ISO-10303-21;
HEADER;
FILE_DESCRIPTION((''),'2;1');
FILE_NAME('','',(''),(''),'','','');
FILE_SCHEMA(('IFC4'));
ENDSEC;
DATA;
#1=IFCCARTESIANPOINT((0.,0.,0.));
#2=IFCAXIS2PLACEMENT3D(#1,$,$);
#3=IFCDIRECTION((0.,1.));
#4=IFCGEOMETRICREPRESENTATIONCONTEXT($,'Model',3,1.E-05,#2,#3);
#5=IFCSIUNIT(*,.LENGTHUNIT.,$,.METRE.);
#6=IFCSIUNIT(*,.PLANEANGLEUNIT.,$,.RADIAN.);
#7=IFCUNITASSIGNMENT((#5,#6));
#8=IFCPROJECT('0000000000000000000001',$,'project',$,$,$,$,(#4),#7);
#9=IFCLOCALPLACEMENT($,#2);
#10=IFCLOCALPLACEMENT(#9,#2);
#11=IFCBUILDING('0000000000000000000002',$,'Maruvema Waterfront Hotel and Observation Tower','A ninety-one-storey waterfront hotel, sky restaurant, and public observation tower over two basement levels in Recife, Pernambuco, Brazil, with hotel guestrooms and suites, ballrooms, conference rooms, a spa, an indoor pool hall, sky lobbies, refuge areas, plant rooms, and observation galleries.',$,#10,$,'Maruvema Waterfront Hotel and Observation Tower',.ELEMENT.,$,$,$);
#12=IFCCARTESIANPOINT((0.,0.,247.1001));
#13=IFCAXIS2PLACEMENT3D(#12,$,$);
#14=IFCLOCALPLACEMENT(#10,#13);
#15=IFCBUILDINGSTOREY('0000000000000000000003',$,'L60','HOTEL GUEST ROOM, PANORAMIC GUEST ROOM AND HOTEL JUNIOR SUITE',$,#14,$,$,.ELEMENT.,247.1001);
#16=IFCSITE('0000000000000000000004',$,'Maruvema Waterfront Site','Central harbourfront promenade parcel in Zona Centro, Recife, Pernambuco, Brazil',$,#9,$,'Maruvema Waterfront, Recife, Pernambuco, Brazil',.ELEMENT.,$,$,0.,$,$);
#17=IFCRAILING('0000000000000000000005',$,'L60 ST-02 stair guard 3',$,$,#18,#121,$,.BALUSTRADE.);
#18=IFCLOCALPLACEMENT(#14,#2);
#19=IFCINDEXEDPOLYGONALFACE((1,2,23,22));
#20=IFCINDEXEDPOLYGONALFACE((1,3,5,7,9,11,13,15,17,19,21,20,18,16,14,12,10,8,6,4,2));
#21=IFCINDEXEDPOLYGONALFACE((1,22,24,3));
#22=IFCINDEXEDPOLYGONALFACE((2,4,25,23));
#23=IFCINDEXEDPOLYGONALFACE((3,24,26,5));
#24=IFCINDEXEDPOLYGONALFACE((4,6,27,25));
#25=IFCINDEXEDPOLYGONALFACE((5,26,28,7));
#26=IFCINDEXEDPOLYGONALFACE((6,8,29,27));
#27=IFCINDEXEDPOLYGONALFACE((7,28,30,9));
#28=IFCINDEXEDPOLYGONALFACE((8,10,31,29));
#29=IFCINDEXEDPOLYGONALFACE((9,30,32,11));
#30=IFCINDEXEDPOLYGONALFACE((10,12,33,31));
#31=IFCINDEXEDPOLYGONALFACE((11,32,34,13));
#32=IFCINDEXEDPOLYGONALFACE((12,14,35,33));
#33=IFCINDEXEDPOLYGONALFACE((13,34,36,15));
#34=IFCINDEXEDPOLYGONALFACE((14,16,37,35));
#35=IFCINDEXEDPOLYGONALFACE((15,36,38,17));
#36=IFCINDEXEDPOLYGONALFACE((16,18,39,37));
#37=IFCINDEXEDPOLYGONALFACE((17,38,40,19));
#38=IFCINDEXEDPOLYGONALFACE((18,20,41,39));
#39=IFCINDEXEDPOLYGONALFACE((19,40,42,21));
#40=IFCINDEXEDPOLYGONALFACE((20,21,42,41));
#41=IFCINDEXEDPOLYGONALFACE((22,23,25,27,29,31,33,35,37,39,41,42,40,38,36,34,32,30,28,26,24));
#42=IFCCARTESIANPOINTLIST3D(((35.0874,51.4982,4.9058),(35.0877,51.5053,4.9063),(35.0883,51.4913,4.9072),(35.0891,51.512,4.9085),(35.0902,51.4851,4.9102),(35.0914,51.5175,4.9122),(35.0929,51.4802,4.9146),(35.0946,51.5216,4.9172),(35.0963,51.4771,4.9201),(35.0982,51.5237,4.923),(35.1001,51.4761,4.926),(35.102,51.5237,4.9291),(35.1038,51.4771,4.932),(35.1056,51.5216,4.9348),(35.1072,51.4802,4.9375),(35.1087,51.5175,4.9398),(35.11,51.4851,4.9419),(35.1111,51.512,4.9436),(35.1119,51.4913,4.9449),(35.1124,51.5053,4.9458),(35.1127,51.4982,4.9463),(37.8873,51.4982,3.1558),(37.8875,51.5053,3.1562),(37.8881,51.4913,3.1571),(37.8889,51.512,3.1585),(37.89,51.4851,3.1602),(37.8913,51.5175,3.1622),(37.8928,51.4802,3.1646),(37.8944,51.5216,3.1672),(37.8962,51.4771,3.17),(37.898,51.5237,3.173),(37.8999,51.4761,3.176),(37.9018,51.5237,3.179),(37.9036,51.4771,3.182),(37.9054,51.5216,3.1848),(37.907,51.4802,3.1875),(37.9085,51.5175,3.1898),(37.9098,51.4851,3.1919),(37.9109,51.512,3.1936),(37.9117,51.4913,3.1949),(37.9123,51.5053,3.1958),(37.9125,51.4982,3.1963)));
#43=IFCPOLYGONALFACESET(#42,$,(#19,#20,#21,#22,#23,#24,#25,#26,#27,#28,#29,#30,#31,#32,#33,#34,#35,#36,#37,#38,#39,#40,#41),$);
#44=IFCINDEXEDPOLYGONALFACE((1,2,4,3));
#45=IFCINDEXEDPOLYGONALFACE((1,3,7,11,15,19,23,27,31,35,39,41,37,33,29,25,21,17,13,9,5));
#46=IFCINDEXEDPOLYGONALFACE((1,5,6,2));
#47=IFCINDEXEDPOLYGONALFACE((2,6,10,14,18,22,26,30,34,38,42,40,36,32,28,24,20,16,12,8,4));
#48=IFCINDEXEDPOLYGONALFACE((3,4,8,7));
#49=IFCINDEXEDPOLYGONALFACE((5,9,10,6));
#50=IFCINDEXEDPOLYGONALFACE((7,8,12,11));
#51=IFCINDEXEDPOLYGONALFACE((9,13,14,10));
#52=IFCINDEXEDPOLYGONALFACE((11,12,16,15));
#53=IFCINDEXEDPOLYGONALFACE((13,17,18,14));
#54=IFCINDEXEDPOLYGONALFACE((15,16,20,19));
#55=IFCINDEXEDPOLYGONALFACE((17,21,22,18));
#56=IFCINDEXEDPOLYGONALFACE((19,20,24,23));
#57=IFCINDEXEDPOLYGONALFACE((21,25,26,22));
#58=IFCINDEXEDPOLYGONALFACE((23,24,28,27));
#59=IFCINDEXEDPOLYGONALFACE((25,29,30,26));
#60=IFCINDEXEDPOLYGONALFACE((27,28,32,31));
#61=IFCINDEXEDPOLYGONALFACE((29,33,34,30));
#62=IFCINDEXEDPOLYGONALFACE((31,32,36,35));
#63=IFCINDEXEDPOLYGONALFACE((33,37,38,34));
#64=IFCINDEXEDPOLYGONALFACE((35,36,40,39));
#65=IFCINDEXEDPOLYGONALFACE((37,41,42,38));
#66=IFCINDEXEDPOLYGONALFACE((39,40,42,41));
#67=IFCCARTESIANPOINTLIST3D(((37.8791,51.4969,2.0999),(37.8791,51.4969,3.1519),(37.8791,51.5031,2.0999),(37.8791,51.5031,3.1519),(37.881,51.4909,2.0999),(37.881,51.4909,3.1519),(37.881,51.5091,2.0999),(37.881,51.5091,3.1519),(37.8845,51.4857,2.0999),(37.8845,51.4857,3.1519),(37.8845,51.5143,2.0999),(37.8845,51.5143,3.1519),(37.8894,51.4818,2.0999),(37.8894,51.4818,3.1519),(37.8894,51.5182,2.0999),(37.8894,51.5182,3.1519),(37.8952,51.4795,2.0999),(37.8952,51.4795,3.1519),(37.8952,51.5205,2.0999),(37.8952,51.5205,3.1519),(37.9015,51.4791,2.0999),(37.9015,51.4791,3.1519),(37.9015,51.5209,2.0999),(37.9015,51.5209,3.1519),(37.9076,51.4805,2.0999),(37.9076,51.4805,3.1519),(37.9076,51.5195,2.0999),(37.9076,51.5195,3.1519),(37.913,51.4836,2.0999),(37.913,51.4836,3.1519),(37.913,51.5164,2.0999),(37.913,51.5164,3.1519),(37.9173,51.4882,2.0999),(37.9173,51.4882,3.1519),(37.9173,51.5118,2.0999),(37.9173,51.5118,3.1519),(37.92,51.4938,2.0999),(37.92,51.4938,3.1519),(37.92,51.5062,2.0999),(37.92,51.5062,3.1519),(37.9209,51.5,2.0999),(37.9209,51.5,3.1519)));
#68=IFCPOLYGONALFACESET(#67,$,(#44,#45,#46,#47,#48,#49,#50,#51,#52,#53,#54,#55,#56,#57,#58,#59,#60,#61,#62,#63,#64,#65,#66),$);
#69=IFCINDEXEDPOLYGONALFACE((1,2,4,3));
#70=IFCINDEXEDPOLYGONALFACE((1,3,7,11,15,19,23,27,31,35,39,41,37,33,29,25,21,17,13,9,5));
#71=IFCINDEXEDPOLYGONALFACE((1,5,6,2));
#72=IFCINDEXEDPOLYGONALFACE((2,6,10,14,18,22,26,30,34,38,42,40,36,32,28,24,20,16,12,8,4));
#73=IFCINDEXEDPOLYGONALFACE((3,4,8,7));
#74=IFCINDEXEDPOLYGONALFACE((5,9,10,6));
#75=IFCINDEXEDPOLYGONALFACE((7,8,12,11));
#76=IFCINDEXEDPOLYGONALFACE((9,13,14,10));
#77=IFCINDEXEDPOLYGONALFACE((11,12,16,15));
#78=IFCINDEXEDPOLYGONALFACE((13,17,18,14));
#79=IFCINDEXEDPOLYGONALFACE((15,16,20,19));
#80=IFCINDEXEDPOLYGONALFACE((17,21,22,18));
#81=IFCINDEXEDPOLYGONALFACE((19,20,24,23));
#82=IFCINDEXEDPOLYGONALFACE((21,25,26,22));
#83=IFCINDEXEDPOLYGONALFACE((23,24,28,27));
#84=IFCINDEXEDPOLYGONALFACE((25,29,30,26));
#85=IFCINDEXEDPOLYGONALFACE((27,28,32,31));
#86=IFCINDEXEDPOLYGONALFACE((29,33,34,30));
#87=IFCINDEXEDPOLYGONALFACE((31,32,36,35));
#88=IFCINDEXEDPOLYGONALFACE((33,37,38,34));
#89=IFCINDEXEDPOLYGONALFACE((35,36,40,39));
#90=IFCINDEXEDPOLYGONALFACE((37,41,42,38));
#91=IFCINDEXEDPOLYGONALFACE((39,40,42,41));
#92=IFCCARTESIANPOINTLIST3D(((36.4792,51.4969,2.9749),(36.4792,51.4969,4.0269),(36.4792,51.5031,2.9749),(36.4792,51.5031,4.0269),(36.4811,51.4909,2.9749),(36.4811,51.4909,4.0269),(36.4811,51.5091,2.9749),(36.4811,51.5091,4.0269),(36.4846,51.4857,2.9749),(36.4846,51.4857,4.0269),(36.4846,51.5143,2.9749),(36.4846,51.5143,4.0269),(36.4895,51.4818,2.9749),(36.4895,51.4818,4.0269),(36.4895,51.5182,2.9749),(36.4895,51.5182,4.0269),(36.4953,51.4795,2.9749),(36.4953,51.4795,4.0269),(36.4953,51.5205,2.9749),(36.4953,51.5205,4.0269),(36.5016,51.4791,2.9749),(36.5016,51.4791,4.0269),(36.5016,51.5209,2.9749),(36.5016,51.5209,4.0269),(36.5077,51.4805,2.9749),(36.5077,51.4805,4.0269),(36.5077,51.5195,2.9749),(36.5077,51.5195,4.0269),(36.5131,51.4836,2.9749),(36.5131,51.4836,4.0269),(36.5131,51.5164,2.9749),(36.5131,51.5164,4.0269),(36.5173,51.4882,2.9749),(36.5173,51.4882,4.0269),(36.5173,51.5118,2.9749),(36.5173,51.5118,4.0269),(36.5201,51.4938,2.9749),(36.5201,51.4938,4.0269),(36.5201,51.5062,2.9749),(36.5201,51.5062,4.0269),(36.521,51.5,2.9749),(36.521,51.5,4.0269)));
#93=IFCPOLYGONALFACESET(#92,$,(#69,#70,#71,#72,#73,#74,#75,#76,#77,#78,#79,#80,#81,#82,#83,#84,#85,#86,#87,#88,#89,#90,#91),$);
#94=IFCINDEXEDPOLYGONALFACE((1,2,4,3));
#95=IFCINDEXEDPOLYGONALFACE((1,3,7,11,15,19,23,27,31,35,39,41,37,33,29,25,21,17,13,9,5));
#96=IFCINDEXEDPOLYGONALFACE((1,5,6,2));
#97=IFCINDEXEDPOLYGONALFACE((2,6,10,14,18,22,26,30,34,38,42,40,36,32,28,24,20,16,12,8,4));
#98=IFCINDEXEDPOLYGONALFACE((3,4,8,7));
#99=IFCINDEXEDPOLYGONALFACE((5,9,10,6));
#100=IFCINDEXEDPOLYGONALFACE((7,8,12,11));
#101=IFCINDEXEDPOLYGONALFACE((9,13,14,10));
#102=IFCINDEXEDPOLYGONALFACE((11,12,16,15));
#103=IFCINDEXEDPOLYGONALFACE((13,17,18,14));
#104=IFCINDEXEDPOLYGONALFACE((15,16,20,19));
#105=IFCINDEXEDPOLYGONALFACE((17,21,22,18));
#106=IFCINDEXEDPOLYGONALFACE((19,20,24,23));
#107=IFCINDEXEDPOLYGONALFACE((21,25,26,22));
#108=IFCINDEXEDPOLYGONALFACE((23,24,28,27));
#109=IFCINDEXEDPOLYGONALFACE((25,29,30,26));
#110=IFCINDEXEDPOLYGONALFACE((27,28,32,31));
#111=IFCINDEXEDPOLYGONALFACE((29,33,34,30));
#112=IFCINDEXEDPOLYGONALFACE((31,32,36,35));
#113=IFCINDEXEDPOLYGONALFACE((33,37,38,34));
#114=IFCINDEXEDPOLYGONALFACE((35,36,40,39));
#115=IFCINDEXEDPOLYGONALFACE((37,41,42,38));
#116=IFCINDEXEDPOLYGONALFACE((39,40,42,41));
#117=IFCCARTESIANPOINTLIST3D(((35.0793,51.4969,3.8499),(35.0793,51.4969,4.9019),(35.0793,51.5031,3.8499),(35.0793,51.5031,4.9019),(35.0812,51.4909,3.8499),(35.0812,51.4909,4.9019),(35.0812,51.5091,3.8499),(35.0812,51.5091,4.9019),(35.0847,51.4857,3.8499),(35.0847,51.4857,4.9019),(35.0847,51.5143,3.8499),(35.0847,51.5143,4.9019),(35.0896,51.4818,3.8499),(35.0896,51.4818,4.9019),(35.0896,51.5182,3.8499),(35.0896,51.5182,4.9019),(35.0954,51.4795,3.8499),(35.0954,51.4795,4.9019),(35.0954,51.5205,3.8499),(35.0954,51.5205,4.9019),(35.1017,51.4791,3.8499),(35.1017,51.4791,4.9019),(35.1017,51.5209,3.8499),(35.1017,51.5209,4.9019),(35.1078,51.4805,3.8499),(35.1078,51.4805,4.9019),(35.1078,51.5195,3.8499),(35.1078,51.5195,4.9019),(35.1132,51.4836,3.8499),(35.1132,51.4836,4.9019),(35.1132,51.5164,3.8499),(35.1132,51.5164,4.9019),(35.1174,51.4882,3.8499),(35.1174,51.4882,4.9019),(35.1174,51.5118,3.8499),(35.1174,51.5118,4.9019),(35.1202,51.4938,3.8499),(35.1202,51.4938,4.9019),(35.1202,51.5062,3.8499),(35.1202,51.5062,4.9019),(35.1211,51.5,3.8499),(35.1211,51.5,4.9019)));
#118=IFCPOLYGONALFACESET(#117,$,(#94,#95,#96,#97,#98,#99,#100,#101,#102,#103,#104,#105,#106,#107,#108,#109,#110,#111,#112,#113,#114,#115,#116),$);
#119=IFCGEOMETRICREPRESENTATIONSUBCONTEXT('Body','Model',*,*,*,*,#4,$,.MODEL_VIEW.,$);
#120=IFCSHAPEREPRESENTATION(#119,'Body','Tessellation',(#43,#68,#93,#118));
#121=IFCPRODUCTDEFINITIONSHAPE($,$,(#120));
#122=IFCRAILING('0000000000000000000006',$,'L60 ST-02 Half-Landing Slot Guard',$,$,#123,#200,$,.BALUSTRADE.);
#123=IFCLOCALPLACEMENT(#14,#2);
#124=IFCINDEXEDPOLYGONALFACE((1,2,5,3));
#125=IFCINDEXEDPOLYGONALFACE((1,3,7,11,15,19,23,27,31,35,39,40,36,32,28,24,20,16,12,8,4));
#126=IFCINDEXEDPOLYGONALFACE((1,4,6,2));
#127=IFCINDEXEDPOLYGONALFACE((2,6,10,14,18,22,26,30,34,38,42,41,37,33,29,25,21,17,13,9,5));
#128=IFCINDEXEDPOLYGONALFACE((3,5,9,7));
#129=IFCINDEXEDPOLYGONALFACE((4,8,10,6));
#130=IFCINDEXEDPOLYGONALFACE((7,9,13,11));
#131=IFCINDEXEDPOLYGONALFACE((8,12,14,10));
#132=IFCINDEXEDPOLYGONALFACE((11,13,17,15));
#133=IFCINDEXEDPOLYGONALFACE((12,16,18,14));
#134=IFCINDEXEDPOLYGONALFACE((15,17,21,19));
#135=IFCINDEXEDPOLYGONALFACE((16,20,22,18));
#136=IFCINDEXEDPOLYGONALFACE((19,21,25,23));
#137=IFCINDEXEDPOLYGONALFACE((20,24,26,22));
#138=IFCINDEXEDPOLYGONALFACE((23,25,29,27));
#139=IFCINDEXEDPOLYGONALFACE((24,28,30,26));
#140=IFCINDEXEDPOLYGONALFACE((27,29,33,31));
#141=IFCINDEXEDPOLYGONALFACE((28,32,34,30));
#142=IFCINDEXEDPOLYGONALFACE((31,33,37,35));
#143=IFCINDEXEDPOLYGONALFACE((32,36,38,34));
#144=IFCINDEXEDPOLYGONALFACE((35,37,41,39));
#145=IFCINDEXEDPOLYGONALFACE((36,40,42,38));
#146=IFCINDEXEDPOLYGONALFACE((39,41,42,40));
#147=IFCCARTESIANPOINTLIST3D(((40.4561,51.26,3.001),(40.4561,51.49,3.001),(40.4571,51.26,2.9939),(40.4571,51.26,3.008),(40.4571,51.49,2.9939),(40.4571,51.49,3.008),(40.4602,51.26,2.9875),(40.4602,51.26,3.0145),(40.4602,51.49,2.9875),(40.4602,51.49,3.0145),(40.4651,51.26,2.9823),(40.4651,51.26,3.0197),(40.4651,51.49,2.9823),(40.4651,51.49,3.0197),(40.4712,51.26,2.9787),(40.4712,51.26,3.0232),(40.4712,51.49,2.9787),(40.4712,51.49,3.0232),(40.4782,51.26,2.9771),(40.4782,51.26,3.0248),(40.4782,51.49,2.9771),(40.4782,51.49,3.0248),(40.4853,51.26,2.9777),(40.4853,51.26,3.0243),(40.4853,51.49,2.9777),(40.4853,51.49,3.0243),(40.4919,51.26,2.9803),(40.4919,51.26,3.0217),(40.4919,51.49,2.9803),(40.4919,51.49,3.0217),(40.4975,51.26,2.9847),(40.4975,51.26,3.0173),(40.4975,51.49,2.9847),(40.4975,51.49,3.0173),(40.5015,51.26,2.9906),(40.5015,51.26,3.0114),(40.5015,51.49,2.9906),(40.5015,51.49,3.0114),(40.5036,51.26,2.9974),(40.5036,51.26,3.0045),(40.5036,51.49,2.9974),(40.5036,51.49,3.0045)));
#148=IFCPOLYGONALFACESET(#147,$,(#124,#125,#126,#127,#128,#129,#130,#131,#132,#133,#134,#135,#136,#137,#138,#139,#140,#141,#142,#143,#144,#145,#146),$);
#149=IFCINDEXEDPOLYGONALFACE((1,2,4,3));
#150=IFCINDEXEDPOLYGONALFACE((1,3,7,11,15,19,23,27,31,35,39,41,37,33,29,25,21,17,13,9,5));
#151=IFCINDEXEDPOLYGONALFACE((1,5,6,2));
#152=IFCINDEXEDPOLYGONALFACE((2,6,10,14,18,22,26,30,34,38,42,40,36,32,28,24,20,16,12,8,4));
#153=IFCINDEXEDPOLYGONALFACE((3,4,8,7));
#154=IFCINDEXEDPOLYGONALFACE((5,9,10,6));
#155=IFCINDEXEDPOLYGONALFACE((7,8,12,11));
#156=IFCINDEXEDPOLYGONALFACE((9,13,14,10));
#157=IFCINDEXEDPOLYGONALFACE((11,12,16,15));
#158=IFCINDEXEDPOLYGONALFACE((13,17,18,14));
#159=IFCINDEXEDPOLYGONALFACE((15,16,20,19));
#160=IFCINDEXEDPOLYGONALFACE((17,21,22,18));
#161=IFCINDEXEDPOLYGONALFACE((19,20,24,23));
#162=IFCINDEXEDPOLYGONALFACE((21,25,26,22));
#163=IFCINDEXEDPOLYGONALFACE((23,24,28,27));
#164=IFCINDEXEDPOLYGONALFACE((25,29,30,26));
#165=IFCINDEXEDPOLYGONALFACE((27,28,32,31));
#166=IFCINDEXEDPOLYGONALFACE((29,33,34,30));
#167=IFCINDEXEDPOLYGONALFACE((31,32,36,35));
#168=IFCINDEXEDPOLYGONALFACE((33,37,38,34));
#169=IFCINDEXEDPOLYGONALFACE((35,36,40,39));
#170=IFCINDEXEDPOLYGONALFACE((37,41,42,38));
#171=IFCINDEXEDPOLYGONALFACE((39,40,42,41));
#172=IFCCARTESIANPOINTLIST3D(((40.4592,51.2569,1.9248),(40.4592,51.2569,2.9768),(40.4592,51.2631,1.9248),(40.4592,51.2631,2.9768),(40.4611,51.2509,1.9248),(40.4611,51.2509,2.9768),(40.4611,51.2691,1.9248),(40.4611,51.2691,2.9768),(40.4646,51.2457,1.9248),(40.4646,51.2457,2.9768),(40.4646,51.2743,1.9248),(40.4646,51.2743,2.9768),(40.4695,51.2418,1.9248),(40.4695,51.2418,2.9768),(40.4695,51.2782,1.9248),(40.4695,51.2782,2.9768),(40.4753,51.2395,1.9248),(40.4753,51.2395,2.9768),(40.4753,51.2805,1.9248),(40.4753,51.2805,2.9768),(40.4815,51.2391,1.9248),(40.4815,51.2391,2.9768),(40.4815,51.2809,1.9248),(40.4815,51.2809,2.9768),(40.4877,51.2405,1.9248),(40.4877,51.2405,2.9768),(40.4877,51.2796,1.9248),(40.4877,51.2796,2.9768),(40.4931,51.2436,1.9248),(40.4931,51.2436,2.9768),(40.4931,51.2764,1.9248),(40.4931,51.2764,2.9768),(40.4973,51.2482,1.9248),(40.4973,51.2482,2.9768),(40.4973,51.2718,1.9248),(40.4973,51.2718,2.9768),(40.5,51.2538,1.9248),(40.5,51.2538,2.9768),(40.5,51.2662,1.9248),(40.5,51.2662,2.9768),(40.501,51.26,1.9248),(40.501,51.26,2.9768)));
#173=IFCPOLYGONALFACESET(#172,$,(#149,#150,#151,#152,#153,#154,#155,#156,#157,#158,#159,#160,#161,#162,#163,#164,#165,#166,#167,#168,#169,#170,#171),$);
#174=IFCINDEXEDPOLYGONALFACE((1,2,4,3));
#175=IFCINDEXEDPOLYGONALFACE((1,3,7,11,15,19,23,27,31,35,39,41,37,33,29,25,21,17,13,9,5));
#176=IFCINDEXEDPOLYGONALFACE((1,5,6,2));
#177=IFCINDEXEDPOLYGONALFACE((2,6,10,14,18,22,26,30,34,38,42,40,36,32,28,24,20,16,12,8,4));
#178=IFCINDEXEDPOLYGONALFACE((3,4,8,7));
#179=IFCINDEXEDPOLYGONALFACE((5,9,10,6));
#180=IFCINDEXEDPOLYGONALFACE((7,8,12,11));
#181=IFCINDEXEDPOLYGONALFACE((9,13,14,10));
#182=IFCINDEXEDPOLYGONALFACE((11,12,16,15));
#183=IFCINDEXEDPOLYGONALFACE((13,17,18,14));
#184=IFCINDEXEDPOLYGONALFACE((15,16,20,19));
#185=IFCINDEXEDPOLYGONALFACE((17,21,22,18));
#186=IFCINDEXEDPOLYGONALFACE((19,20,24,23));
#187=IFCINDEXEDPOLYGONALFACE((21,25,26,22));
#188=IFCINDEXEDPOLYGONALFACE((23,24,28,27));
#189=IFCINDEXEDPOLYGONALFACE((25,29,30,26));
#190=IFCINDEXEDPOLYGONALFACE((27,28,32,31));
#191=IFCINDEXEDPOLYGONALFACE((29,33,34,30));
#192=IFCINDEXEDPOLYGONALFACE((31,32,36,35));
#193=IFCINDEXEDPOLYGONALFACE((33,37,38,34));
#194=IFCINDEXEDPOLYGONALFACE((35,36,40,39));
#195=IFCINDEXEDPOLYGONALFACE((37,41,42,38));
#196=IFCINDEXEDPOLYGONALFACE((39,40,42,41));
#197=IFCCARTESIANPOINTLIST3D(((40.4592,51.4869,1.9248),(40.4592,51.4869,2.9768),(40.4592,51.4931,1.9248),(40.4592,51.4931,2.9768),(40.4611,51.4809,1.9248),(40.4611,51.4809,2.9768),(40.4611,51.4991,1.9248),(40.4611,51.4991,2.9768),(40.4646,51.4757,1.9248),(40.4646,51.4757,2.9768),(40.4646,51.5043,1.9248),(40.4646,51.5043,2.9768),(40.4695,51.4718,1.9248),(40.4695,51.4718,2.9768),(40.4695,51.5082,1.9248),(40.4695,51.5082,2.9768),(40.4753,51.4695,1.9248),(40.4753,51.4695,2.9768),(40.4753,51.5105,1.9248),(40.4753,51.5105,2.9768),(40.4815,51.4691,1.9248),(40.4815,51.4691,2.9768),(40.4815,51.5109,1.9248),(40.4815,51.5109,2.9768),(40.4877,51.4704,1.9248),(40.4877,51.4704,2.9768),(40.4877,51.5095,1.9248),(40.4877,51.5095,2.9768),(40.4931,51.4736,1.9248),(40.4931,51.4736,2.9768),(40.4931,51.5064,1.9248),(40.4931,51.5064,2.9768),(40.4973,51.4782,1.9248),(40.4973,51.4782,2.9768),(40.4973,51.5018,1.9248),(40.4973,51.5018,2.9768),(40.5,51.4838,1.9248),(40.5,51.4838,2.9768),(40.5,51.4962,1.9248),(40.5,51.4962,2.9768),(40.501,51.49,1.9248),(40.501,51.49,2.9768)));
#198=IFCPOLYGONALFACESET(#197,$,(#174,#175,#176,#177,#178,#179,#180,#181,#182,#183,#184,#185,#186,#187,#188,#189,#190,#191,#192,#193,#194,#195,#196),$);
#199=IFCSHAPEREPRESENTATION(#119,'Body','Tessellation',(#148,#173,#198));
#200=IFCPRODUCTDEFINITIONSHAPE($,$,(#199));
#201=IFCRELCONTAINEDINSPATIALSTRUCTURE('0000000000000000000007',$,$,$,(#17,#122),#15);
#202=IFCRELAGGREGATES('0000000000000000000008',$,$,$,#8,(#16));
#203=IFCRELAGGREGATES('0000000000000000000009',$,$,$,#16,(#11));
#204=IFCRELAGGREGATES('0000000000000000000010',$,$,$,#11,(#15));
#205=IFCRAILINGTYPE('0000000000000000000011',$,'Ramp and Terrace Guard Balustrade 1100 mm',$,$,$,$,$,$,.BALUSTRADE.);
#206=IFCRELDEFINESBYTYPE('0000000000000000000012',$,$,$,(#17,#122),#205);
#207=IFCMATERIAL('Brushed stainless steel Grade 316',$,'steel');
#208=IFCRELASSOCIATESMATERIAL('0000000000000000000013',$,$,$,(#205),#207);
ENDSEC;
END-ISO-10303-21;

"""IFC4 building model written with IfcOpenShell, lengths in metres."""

from ifc_helpers import new_model, si_unit, direction, frame, origin, origin_2d, place, context, subcontext, project, spatial, circle, extrude, material, type_object, element, save


model = new_model("IFC4")

# Units and contexts
model_context = context("Model", 3, precision=1e-05, world=origin(), true_north=direction((0.0, 1.0)))
body_context = subcontext(model_context, "Body", "Model", "MODEL_VIEW")
ifc_project = project(units=[si_unit("LENGTHUNIT", "METRE"), si_unit("PLANEANGLEUNIT", "RADIAN")], contexts=[model_context])

# Site, building, storey
site_placement = place(None, origin())
site = spatial("IfcSite", under=ifc_project, at=site_placement, Name="Maruvema Waterfront Site", Description="Central harbourfront promenade parcel in Zona Centro, Recife, Pernambuco, Brazil", LongName="Maruvema Waterfront, Recife, Pernambuco, Brazil", CompositionType="ELEMENT", RefElevation=0.0)
building_placement = place(site_placement, origin())
building = spatial("IfcBuilding", under=site, at=building_placement, Name="Maruvema Waterfront Hotel and Observation Tower", Description="A ninety-one-storey waterfront hotel, sky restaurant, and public observation tower over two basement levels in Recife, Pernambuco, Brazil, with hotel guestrooms and suites, ballrooms, conference rooms, a spa, an indoor pool hall, sky lobbies, refuge areas, plant rooms, and observation galleries.", LongName="Maruvema Waterfront Hotel and Observation Tower", CompositionType="ELEMENT")
storey_placement = place(building_placement, frame((0.0, 0.0, 247.1001)))
storey = spatial("IfcBuildingStorey", under=building, at=storey_placement, Name="L60", Description="HOTEL GUEST ROOM, PANORAMIC GUEST ROOM AND HOTEL JUNIOR SUITE", CompositionType="ELEMENT", Elevation=247.1001)

# Railings
ifc_material_1 = material(Name="Brushed stainless steel Grade 316", Category="steel")
railing_type_1 = type_object("IfcRailingType", Name="Ramp and Terrace Guard Balustrade 1100 mm", PredefinedType="BALUSTRADE", material=ifc_material_1)
railing_1_placement = place(storey_placement, frame((37.8999, 51.5, 2.0999)))
element("IfcRailing", 1, at=railing_1_placement, inside=storey, type_object=railing_type_1, Name="L60 ST-02 stair guard 3", PredefinedType="BALUSTRADE", context=body_context, shape_type="SweptSolid", body=[
    extrude(circle(Radius=0.0239, at=origin_2d()), frame((0.0, 0.0, 1.0762), z_axis=(-0.847982, 0.0, 0.530026), x_axis=(0.0, -1.0, 0.0)), (0.0, 0.0, 1.0), 3.3018),
    extrude(circle(Radius=0.021, at=origin_2d()), origin(), (0.0, 0.0, 1.0), 1.052),
    extrude(circle(Radius=0.021, at=origin_2d()), frame((-1.3999, 0.0, 0.875)), (0.0, 0.0, 1.0), 1.052),
    extrude(circle(Radius=0.021, at=origin_2d()), frame((-2.7998, 0.0, 1.75)), (0.0, 0.0, 1.0), 1.052),
])
railing_2_placement = place(storey_placement, frame((40.48, 51.26, 1.9248)))
element("IfcRailing", 2, at=railing_2_placement, inside=storey, type_object=railing_type_1, Name="L60 ST-02 Half-Landing Slot Guard", PredefinedType="BALUSTRADE", context=body_context, shape_type="SweptSolid", body=[
    extrude(circle(Radius=0.0239, at=origin_2d()), frame((0.0, 0.0, 1.0762), z_axis=(0.0, 1.0, 0.0), x_axis=(-1.0, 0.0, 0.0)), (0.0, 0.0, 1.0), 0.23),
    extrude(circle(Radius=0.021, at=origin_2d()), origin(), (0.0, 0.0, 1.0), 1.052),
    extrude(circle(Radius=0.021, at=origin_2d()), frame((0.0, 0.23, 0.0)), (0.0, 0.0, 1.0), 1.052),
])

save(model, "model.ifc")
